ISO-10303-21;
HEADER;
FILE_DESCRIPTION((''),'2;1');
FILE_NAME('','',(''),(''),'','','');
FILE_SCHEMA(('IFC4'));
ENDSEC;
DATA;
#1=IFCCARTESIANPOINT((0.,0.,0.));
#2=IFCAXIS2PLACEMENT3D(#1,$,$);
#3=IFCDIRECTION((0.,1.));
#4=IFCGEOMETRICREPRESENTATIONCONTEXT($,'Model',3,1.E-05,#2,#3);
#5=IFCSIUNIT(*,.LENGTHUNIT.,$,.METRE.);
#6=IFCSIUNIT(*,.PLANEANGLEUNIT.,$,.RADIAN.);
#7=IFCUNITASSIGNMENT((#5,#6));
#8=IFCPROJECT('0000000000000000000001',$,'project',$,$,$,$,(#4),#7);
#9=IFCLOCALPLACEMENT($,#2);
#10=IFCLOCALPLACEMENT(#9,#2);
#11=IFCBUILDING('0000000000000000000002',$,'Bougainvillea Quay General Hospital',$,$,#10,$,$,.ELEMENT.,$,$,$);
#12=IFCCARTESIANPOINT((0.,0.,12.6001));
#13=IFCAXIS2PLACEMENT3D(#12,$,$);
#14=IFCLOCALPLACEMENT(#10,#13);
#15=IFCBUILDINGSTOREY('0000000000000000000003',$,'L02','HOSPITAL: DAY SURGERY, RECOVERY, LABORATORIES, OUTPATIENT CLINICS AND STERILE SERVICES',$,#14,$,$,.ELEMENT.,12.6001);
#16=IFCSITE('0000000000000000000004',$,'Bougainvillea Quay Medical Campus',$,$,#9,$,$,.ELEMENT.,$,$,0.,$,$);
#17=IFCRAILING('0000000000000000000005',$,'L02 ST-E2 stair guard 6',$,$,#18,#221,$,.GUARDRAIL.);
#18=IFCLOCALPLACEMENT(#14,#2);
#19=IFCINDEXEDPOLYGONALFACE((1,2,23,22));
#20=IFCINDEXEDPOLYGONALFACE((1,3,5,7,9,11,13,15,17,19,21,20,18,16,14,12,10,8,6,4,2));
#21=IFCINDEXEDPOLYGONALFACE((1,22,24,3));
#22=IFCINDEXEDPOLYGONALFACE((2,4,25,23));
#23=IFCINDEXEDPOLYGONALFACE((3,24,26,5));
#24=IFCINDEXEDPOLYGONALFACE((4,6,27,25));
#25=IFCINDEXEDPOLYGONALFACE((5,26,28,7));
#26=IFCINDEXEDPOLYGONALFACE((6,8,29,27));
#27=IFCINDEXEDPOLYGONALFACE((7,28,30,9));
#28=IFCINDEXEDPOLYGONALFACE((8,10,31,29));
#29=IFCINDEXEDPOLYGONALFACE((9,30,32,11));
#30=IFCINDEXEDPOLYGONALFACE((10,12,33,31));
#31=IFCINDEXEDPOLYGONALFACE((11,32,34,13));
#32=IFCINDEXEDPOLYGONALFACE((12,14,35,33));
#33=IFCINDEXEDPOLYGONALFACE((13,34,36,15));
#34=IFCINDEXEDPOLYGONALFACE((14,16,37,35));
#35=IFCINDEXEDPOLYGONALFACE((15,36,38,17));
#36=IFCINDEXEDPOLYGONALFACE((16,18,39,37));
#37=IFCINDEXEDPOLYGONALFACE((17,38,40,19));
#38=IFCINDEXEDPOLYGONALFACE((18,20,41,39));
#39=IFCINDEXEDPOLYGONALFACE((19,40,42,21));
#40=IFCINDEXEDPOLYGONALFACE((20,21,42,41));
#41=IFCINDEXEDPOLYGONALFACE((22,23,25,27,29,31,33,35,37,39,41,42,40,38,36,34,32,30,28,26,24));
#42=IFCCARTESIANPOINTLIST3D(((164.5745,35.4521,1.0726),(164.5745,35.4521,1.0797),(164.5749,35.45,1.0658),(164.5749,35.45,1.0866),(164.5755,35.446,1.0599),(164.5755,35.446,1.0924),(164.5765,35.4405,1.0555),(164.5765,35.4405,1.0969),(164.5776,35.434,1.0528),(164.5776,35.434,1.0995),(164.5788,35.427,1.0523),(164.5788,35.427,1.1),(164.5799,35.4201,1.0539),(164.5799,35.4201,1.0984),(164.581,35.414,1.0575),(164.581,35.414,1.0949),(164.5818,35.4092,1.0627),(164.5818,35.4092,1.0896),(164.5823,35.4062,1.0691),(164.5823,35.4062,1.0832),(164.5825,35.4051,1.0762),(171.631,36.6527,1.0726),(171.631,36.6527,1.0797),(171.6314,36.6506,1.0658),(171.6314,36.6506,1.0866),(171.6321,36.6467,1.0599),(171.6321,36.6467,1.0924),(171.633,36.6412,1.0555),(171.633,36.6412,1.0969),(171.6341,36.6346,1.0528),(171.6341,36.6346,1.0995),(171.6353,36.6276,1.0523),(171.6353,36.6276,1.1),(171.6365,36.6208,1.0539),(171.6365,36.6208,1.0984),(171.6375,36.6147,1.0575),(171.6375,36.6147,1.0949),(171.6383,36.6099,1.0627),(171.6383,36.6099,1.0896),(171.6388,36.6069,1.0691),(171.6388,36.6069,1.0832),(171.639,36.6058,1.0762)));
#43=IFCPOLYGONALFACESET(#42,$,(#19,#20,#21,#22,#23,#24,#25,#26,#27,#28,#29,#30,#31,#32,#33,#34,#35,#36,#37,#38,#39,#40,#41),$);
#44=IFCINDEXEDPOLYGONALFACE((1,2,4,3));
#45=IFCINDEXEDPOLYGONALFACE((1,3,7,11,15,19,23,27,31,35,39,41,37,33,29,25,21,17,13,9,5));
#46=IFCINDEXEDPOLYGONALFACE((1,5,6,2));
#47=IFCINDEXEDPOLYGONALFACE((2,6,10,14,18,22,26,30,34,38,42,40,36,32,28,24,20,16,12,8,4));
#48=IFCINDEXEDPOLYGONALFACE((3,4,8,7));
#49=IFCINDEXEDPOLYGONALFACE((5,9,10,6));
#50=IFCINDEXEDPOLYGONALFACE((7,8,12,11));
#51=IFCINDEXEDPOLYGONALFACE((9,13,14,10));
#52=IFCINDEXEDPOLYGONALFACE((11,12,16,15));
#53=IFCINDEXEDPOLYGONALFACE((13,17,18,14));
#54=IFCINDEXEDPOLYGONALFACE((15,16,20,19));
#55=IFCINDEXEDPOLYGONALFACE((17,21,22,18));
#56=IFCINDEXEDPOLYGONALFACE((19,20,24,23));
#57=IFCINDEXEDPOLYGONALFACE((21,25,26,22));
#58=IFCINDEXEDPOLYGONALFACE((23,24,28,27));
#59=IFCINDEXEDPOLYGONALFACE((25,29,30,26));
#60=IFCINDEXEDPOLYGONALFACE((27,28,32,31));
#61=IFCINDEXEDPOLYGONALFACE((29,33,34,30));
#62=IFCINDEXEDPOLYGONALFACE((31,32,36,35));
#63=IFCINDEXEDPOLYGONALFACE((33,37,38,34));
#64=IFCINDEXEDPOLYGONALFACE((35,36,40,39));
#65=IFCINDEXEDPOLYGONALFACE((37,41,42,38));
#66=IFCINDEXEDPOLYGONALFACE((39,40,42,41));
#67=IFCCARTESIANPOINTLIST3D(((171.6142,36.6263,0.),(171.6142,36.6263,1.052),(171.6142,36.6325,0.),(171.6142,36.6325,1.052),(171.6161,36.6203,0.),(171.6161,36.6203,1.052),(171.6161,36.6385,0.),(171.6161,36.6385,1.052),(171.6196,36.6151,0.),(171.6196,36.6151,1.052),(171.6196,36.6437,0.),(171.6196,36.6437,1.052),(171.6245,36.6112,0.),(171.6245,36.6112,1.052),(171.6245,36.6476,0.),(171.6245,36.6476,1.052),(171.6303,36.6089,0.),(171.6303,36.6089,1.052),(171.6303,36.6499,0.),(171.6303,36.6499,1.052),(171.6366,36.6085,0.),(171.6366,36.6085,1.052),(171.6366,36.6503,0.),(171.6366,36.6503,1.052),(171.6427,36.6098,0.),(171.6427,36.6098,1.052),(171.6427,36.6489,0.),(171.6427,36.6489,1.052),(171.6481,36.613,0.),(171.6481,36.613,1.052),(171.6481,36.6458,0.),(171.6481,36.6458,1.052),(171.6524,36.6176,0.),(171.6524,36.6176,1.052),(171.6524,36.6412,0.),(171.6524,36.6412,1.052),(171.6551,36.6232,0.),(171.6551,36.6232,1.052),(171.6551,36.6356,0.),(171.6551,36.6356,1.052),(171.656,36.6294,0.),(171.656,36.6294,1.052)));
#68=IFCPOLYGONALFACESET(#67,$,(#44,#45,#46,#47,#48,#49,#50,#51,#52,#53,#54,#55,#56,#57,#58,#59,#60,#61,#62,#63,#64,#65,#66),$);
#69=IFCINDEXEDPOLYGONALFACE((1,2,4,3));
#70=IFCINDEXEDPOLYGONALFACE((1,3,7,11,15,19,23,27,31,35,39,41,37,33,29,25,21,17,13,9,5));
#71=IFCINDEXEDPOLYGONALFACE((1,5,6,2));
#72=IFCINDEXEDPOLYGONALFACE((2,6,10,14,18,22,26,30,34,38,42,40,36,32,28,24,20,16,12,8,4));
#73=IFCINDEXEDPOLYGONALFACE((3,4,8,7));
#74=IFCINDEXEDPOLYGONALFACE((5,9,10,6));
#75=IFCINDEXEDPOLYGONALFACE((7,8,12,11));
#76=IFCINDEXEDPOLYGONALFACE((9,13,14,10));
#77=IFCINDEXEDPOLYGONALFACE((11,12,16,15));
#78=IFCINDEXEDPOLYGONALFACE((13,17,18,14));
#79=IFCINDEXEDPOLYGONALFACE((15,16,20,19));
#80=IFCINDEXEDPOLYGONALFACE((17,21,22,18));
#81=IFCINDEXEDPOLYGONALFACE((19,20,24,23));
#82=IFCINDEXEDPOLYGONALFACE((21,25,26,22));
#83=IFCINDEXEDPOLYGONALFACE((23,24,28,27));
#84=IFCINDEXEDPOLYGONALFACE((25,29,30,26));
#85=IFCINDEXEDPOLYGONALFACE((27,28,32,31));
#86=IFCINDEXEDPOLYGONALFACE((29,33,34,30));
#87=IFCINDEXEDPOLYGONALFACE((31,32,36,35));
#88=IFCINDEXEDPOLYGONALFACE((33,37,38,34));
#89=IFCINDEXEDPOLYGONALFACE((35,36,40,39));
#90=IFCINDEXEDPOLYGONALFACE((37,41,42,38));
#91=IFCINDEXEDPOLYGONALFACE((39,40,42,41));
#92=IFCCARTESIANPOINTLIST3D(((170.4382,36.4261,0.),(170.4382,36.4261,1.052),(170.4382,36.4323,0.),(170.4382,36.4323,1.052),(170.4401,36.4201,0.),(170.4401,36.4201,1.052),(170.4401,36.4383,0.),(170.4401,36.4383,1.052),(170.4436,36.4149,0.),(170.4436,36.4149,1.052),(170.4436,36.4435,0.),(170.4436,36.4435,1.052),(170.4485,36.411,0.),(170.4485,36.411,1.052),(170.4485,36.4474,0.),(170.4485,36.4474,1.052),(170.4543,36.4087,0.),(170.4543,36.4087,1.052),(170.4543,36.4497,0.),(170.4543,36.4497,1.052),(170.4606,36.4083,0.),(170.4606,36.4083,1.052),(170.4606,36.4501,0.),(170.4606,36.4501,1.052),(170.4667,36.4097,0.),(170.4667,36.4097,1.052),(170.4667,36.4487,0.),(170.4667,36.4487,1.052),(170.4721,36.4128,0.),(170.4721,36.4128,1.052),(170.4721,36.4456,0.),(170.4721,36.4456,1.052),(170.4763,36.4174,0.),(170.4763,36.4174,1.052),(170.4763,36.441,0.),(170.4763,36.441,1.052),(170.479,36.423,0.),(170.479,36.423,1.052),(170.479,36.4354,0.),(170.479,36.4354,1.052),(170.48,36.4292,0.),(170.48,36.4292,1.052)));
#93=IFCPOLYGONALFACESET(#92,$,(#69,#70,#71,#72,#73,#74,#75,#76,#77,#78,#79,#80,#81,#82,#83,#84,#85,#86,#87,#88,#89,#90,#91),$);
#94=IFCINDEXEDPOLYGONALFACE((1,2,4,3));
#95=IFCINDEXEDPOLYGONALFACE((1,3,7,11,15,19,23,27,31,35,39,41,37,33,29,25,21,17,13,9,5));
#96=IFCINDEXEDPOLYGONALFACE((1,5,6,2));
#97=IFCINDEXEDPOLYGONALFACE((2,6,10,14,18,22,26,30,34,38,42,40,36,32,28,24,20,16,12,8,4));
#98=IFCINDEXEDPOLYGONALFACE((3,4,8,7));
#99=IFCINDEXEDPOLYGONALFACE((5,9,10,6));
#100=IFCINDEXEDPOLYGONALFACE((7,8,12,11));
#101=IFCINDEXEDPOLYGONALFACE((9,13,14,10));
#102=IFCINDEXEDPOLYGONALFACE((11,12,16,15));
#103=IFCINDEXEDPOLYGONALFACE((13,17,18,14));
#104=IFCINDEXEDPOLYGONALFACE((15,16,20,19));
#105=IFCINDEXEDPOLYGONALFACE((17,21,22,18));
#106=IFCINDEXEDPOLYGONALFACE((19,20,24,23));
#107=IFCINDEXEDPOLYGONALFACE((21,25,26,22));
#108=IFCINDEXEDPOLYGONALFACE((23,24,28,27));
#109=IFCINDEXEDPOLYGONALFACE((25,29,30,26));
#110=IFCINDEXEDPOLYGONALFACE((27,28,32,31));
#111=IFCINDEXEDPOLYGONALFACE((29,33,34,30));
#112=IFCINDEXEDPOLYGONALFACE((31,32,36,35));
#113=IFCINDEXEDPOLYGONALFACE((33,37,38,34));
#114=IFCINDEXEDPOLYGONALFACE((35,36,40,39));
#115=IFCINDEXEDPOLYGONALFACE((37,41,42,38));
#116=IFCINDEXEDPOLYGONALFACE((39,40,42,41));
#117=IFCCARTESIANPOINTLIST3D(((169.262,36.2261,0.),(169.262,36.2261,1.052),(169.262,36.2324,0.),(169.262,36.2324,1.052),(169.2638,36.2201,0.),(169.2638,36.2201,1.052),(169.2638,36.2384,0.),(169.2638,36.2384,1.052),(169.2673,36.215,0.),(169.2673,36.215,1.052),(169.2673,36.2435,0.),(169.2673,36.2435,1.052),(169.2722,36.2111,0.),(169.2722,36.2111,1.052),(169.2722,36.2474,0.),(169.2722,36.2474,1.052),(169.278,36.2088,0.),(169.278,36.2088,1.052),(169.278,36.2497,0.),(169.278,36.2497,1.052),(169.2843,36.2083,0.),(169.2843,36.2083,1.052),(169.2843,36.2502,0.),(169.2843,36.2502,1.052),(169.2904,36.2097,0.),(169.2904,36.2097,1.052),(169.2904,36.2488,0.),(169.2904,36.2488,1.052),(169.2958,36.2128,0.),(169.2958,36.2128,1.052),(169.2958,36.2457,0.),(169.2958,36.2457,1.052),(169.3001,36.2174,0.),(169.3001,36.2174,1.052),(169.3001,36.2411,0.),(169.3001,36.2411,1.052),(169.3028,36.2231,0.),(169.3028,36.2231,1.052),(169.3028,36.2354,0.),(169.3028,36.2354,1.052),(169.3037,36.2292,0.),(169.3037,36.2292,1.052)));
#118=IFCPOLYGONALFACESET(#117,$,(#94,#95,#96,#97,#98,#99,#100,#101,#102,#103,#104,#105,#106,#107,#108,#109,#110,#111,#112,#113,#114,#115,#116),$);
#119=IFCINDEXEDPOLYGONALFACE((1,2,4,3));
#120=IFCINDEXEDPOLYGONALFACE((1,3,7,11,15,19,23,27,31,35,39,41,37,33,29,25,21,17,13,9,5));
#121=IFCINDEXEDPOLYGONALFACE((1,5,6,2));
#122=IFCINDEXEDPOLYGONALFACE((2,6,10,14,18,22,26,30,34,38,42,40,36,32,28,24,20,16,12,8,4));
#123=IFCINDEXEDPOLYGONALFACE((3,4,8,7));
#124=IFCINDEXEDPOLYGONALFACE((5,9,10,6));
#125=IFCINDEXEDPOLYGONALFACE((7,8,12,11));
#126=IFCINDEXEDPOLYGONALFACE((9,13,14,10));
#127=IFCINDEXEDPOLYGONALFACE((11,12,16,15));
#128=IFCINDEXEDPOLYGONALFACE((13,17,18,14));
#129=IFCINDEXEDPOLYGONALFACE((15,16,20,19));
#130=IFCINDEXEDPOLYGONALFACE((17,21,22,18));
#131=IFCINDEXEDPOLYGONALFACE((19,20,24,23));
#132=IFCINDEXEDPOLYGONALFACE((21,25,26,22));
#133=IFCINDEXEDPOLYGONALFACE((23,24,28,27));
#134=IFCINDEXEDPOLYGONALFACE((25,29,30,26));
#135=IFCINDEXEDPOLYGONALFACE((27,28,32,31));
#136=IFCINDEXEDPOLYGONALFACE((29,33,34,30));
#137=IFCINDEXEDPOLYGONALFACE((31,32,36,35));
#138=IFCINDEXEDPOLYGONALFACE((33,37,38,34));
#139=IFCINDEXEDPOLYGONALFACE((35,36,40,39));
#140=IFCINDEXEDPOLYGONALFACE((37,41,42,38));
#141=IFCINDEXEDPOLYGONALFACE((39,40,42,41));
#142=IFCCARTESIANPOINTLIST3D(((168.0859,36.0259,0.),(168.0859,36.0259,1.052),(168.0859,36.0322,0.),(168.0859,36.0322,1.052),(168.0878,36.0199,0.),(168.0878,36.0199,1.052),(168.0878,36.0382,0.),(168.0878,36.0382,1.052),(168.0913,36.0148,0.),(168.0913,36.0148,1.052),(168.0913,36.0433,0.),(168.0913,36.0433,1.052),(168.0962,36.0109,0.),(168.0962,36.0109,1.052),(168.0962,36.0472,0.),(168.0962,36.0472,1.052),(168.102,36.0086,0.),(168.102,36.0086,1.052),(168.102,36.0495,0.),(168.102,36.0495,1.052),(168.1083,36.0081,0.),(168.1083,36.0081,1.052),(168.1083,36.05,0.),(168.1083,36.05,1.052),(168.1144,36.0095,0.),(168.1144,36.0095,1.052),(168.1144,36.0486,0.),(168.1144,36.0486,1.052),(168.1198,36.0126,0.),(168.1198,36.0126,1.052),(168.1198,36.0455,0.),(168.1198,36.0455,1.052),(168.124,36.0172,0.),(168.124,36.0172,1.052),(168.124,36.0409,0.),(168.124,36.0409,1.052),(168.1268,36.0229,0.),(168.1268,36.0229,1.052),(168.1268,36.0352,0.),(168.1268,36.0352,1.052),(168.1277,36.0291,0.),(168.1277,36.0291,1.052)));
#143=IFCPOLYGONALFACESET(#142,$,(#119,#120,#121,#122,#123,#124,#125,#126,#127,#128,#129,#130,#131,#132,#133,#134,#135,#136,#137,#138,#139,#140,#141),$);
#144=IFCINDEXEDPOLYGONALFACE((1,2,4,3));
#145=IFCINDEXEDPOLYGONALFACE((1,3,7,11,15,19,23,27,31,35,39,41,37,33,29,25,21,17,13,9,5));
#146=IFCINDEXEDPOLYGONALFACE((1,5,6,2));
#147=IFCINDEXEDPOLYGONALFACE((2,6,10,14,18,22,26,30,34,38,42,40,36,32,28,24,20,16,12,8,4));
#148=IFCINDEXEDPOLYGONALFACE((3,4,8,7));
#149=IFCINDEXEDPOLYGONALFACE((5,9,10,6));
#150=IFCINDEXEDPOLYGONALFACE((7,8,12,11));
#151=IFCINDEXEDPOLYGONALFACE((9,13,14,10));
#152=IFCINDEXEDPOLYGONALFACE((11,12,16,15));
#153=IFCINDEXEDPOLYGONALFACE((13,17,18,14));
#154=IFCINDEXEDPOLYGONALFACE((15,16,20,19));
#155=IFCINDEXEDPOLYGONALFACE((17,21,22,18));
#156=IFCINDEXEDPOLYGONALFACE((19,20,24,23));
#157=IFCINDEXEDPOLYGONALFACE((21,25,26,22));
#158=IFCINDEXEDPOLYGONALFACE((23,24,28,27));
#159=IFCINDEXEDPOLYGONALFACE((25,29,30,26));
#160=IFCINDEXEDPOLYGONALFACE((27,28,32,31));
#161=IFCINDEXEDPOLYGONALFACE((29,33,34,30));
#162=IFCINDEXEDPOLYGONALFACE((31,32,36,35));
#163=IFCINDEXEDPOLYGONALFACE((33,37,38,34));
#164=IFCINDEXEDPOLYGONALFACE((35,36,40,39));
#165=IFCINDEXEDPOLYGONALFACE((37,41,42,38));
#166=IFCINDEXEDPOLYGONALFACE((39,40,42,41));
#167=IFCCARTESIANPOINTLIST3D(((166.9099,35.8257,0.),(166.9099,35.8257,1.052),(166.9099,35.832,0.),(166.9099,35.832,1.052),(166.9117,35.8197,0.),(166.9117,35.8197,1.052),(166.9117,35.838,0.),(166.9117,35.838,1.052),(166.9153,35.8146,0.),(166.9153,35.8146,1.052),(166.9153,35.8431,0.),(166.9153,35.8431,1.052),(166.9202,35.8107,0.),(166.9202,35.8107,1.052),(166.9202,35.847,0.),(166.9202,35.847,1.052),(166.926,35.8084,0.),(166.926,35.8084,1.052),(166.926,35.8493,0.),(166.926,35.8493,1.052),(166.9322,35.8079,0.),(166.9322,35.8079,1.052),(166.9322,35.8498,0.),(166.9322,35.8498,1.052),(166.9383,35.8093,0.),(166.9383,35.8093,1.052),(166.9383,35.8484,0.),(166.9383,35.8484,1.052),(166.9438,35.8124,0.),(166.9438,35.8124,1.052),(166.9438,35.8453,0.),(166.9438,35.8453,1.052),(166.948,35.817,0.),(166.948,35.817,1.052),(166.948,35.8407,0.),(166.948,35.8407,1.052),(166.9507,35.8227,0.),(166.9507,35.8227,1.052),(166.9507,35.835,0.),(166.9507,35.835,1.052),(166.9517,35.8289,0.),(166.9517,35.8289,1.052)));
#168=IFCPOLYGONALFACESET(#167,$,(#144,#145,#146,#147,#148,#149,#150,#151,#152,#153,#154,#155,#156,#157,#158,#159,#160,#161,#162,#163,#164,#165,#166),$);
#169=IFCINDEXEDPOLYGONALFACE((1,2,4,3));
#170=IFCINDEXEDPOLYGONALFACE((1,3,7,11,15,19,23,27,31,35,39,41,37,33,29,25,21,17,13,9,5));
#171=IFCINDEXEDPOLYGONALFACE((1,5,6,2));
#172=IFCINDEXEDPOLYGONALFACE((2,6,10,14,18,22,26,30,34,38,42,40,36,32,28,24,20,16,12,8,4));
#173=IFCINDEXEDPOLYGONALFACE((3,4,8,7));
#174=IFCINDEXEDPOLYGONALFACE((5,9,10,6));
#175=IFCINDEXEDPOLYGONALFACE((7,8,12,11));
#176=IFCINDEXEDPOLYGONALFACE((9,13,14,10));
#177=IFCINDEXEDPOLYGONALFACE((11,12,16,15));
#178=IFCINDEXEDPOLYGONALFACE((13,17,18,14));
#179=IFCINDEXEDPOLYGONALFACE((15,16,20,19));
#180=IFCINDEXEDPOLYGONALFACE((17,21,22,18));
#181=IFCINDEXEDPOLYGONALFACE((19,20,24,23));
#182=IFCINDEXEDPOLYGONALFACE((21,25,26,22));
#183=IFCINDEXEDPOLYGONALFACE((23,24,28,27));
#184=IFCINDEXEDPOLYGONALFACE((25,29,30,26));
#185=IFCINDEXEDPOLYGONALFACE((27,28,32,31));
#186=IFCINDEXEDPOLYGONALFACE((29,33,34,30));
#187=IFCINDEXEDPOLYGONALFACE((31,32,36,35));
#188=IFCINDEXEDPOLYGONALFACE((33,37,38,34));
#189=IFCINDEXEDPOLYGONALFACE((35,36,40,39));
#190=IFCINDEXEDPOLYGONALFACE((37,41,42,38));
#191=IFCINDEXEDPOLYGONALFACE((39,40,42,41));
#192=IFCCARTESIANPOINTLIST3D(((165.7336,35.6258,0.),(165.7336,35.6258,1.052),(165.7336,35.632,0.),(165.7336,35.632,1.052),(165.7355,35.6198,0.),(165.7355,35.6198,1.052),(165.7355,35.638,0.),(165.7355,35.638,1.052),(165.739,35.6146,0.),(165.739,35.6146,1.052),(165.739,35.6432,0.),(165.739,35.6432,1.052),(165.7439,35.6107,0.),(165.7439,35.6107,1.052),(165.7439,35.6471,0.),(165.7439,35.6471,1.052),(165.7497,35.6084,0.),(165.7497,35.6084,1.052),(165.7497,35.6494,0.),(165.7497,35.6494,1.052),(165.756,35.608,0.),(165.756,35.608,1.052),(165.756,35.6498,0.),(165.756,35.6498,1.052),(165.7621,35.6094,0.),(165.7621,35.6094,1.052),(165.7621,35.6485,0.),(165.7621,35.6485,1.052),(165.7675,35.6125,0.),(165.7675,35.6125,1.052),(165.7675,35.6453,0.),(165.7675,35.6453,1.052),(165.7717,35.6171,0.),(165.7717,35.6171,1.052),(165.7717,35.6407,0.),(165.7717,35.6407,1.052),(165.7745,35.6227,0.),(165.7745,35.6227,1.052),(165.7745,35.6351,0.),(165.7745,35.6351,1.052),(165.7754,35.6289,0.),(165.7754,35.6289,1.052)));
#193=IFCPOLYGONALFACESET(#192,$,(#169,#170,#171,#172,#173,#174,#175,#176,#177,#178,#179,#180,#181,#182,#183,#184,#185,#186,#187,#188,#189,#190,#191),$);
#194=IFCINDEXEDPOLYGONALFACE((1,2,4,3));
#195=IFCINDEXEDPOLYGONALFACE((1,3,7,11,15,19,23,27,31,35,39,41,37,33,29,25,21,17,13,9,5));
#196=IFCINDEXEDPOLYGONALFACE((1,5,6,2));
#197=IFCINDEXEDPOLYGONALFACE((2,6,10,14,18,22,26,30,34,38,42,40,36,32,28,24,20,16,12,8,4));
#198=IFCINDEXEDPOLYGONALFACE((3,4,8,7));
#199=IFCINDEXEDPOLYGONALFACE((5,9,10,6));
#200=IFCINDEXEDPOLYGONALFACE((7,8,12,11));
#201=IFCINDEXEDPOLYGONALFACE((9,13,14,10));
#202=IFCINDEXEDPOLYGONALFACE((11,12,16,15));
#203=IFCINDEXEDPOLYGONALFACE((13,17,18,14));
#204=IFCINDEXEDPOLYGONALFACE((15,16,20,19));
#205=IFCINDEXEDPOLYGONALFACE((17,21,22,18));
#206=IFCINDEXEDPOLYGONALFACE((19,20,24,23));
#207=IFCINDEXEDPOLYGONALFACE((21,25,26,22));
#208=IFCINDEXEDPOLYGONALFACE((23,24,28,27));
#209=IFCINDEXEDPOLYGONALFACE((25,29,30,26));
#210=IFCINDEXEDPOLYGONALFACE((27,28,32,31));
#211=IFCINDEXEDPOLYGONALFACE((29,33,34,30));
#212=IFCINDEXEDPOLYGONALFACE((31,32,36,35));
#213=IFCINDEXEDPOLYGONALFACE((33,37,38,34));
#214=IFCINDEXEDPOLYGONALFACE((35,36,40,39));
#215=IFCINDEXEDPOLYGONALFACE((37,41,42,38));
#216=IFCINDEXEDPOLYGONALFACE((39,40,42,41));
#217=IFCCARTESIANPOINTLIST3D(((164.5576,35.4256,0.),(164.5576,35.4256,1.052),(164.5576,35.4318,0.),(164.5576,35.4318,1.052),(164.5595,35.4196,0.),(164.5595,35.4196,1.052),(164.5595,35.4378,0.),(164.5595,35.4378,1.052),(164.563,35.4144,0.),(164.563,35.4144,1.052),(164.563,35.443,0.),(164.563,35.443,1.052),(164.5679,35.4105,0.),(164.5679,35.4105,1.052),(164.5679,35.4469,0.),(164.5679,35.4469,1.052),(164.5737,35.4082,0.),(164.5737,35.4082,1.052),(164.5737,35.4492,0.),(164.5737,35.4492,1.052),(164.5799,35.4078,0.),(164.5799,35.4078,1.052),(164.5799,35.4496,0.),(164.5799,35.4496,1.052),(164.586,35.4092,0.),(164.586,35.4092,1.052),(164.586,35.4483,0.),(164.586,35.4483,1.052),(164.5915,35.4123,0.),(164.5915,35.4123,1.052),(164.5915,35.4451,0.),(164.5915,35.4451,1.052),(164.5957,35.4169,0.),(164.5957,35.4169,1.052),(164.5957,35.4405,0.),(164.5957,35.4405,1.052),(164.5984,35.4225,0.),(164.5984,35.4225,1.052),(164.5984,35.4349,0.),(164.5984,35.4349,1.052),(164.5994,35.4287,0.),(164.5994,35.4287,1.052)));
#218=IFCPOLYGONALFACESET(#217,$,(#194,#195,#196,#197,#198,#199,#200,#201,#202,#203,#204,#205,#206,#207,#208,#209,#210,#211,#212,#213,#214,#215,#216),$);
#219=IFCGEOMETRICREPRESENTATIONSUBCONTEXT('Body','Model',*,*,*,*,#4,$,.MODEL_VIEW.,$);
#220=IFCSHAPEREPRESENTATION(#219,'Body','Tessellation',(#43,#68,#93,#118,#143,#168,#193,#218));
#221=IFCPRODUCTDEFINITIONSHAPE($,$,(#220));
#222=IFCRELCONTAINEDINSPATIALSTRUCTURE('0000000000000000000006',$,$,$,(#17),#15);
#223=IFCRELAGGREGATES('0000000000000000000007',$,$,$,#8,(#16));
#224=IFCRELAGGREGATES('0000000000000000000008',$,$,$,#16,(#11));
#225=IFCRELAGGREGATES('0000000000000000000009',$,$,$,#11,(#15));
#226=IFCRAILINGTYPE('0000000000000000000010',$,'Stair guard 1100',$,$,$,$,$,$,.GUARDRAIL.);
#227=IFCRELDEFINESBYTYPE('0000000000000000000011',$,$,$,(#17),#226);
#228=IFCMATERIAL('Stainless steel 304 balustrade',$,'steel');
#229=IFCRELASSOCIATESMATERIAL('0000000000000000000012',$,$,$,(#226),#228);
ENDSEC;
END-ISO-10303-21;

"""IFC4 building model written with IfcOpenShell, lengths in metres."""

from ifc_helpers import new_model, si_unit, direction, frame, origin, origin_2d, place, context, subcontext, project, spatial, circle, extrude, material, type_object, element, save


model = new_model("IFC4")

# Units and contexts
model_context = context("Model", 3, precision=1e-05, world=origin(), true_north=direction((0.0, 1.0)))
body_context = subcontext(model_context, "Body", "Model", "MODEL_VIEW")
ifc_project = project(units=[si_unit("LENGTHUNIT", "METRE"), si_unit("PLANEANGLEUNIT", "RADIAN")], contexts=[model_context])

# Site, building, storey
site_placement = place(None, origin())
site = spatial("IfcSite", under=ifc_project, at=site_placement, Name="Bougainvillea Quay Medical Campus", CompositionType="ELEMENT", RefElevation=0.0)
building_placement = place(site_placement, origin())
building = spatial("IfcBuilding", under=site, at=building_placement, Name="Bougainvillea Quay General Hospital", CompositionType="ELEMENT")
storey_placement = place(building_placement, frame((0.0, 0.0, 12.6001)))
storey = spatial("IfcBuildingStorey", under=building, at=storey_placement, Name="L02", Description="HOSPITAL: DAY SURGERY, RECOVERY, LABORATORIES, OUTPATIENT CLINICS AND STERILE SERVICES", CompositionType="ELEMENT", Elevation=12.6001)

# Railing
ifc_material_1 = material(Name="Stainless steel 304 balustrade", Category="steel")
railing_type = type_object("IfcRailingType", Name="Stair guard 1100", PredefinedType="GUARDRAIL", material=ifc_material_1)
railing_1_placement = place(storey_placement, frame((171.635, 36.6294, 0.0)))
element("IfcRailing", 1, at=railing_1_placement, inside=storey, type_object=railing_type, Name="L02 ST-E2 stair guard 6", PredefinedType="GUARDRAIL", context=body_context, shape_type="SweptSolid", body=[
    extrude(circle(Radius=0.0239, at=origin_2d()), frame((0.0, 0.0, 1.0762), z_axis=(-0.985831, -0.167739, 0.0), x_axis=(0.167739, -0.985831, 0.0)), (0.0, 0.0, 1.0), 7.158),
    extrude(circle(Radius=0.021, at=origin_2d()), origin(), (0.0, 0.0, 1.0), 1.052),
    extrude(circle(Radius=0.021, at=origin_2d()), frame((-1.176, -0.2002, 0.0)), (0.0, 0.0, 1.0), 1.052),
    extrude(circle(Radius=0.021, at=origin_2d()), frame((-2.3523, -0.4001, 0.0)), (0.0, 0.0, 1.0), 1.052),
    extrude(circle(Radius=0.021, at=origin_2d()), frame((-3.5283, -0.6003, 0.0)), (0.0, 0.0, 1.0), 1.052),
    extrude(circle(Radius=0.021, at=origin_2d()), frame((-4.7043, -0.8005, 0.0)), (0.0, 0.0, 1.0), 1.052),
    extrude(circle(Radius=0.021, at=origin_2d()), frame((-5.8806, -1.0005, 0.0)), (0.0, 0.0, 1.0), 1.052),
    extrude(circle(Radius=0.021, at=origin_2d()), frame((-7.0566, -1.2007, 0.0)), (0.0, 0.0, 1.0), 1.052),
])

save(model, "model.ifc")
